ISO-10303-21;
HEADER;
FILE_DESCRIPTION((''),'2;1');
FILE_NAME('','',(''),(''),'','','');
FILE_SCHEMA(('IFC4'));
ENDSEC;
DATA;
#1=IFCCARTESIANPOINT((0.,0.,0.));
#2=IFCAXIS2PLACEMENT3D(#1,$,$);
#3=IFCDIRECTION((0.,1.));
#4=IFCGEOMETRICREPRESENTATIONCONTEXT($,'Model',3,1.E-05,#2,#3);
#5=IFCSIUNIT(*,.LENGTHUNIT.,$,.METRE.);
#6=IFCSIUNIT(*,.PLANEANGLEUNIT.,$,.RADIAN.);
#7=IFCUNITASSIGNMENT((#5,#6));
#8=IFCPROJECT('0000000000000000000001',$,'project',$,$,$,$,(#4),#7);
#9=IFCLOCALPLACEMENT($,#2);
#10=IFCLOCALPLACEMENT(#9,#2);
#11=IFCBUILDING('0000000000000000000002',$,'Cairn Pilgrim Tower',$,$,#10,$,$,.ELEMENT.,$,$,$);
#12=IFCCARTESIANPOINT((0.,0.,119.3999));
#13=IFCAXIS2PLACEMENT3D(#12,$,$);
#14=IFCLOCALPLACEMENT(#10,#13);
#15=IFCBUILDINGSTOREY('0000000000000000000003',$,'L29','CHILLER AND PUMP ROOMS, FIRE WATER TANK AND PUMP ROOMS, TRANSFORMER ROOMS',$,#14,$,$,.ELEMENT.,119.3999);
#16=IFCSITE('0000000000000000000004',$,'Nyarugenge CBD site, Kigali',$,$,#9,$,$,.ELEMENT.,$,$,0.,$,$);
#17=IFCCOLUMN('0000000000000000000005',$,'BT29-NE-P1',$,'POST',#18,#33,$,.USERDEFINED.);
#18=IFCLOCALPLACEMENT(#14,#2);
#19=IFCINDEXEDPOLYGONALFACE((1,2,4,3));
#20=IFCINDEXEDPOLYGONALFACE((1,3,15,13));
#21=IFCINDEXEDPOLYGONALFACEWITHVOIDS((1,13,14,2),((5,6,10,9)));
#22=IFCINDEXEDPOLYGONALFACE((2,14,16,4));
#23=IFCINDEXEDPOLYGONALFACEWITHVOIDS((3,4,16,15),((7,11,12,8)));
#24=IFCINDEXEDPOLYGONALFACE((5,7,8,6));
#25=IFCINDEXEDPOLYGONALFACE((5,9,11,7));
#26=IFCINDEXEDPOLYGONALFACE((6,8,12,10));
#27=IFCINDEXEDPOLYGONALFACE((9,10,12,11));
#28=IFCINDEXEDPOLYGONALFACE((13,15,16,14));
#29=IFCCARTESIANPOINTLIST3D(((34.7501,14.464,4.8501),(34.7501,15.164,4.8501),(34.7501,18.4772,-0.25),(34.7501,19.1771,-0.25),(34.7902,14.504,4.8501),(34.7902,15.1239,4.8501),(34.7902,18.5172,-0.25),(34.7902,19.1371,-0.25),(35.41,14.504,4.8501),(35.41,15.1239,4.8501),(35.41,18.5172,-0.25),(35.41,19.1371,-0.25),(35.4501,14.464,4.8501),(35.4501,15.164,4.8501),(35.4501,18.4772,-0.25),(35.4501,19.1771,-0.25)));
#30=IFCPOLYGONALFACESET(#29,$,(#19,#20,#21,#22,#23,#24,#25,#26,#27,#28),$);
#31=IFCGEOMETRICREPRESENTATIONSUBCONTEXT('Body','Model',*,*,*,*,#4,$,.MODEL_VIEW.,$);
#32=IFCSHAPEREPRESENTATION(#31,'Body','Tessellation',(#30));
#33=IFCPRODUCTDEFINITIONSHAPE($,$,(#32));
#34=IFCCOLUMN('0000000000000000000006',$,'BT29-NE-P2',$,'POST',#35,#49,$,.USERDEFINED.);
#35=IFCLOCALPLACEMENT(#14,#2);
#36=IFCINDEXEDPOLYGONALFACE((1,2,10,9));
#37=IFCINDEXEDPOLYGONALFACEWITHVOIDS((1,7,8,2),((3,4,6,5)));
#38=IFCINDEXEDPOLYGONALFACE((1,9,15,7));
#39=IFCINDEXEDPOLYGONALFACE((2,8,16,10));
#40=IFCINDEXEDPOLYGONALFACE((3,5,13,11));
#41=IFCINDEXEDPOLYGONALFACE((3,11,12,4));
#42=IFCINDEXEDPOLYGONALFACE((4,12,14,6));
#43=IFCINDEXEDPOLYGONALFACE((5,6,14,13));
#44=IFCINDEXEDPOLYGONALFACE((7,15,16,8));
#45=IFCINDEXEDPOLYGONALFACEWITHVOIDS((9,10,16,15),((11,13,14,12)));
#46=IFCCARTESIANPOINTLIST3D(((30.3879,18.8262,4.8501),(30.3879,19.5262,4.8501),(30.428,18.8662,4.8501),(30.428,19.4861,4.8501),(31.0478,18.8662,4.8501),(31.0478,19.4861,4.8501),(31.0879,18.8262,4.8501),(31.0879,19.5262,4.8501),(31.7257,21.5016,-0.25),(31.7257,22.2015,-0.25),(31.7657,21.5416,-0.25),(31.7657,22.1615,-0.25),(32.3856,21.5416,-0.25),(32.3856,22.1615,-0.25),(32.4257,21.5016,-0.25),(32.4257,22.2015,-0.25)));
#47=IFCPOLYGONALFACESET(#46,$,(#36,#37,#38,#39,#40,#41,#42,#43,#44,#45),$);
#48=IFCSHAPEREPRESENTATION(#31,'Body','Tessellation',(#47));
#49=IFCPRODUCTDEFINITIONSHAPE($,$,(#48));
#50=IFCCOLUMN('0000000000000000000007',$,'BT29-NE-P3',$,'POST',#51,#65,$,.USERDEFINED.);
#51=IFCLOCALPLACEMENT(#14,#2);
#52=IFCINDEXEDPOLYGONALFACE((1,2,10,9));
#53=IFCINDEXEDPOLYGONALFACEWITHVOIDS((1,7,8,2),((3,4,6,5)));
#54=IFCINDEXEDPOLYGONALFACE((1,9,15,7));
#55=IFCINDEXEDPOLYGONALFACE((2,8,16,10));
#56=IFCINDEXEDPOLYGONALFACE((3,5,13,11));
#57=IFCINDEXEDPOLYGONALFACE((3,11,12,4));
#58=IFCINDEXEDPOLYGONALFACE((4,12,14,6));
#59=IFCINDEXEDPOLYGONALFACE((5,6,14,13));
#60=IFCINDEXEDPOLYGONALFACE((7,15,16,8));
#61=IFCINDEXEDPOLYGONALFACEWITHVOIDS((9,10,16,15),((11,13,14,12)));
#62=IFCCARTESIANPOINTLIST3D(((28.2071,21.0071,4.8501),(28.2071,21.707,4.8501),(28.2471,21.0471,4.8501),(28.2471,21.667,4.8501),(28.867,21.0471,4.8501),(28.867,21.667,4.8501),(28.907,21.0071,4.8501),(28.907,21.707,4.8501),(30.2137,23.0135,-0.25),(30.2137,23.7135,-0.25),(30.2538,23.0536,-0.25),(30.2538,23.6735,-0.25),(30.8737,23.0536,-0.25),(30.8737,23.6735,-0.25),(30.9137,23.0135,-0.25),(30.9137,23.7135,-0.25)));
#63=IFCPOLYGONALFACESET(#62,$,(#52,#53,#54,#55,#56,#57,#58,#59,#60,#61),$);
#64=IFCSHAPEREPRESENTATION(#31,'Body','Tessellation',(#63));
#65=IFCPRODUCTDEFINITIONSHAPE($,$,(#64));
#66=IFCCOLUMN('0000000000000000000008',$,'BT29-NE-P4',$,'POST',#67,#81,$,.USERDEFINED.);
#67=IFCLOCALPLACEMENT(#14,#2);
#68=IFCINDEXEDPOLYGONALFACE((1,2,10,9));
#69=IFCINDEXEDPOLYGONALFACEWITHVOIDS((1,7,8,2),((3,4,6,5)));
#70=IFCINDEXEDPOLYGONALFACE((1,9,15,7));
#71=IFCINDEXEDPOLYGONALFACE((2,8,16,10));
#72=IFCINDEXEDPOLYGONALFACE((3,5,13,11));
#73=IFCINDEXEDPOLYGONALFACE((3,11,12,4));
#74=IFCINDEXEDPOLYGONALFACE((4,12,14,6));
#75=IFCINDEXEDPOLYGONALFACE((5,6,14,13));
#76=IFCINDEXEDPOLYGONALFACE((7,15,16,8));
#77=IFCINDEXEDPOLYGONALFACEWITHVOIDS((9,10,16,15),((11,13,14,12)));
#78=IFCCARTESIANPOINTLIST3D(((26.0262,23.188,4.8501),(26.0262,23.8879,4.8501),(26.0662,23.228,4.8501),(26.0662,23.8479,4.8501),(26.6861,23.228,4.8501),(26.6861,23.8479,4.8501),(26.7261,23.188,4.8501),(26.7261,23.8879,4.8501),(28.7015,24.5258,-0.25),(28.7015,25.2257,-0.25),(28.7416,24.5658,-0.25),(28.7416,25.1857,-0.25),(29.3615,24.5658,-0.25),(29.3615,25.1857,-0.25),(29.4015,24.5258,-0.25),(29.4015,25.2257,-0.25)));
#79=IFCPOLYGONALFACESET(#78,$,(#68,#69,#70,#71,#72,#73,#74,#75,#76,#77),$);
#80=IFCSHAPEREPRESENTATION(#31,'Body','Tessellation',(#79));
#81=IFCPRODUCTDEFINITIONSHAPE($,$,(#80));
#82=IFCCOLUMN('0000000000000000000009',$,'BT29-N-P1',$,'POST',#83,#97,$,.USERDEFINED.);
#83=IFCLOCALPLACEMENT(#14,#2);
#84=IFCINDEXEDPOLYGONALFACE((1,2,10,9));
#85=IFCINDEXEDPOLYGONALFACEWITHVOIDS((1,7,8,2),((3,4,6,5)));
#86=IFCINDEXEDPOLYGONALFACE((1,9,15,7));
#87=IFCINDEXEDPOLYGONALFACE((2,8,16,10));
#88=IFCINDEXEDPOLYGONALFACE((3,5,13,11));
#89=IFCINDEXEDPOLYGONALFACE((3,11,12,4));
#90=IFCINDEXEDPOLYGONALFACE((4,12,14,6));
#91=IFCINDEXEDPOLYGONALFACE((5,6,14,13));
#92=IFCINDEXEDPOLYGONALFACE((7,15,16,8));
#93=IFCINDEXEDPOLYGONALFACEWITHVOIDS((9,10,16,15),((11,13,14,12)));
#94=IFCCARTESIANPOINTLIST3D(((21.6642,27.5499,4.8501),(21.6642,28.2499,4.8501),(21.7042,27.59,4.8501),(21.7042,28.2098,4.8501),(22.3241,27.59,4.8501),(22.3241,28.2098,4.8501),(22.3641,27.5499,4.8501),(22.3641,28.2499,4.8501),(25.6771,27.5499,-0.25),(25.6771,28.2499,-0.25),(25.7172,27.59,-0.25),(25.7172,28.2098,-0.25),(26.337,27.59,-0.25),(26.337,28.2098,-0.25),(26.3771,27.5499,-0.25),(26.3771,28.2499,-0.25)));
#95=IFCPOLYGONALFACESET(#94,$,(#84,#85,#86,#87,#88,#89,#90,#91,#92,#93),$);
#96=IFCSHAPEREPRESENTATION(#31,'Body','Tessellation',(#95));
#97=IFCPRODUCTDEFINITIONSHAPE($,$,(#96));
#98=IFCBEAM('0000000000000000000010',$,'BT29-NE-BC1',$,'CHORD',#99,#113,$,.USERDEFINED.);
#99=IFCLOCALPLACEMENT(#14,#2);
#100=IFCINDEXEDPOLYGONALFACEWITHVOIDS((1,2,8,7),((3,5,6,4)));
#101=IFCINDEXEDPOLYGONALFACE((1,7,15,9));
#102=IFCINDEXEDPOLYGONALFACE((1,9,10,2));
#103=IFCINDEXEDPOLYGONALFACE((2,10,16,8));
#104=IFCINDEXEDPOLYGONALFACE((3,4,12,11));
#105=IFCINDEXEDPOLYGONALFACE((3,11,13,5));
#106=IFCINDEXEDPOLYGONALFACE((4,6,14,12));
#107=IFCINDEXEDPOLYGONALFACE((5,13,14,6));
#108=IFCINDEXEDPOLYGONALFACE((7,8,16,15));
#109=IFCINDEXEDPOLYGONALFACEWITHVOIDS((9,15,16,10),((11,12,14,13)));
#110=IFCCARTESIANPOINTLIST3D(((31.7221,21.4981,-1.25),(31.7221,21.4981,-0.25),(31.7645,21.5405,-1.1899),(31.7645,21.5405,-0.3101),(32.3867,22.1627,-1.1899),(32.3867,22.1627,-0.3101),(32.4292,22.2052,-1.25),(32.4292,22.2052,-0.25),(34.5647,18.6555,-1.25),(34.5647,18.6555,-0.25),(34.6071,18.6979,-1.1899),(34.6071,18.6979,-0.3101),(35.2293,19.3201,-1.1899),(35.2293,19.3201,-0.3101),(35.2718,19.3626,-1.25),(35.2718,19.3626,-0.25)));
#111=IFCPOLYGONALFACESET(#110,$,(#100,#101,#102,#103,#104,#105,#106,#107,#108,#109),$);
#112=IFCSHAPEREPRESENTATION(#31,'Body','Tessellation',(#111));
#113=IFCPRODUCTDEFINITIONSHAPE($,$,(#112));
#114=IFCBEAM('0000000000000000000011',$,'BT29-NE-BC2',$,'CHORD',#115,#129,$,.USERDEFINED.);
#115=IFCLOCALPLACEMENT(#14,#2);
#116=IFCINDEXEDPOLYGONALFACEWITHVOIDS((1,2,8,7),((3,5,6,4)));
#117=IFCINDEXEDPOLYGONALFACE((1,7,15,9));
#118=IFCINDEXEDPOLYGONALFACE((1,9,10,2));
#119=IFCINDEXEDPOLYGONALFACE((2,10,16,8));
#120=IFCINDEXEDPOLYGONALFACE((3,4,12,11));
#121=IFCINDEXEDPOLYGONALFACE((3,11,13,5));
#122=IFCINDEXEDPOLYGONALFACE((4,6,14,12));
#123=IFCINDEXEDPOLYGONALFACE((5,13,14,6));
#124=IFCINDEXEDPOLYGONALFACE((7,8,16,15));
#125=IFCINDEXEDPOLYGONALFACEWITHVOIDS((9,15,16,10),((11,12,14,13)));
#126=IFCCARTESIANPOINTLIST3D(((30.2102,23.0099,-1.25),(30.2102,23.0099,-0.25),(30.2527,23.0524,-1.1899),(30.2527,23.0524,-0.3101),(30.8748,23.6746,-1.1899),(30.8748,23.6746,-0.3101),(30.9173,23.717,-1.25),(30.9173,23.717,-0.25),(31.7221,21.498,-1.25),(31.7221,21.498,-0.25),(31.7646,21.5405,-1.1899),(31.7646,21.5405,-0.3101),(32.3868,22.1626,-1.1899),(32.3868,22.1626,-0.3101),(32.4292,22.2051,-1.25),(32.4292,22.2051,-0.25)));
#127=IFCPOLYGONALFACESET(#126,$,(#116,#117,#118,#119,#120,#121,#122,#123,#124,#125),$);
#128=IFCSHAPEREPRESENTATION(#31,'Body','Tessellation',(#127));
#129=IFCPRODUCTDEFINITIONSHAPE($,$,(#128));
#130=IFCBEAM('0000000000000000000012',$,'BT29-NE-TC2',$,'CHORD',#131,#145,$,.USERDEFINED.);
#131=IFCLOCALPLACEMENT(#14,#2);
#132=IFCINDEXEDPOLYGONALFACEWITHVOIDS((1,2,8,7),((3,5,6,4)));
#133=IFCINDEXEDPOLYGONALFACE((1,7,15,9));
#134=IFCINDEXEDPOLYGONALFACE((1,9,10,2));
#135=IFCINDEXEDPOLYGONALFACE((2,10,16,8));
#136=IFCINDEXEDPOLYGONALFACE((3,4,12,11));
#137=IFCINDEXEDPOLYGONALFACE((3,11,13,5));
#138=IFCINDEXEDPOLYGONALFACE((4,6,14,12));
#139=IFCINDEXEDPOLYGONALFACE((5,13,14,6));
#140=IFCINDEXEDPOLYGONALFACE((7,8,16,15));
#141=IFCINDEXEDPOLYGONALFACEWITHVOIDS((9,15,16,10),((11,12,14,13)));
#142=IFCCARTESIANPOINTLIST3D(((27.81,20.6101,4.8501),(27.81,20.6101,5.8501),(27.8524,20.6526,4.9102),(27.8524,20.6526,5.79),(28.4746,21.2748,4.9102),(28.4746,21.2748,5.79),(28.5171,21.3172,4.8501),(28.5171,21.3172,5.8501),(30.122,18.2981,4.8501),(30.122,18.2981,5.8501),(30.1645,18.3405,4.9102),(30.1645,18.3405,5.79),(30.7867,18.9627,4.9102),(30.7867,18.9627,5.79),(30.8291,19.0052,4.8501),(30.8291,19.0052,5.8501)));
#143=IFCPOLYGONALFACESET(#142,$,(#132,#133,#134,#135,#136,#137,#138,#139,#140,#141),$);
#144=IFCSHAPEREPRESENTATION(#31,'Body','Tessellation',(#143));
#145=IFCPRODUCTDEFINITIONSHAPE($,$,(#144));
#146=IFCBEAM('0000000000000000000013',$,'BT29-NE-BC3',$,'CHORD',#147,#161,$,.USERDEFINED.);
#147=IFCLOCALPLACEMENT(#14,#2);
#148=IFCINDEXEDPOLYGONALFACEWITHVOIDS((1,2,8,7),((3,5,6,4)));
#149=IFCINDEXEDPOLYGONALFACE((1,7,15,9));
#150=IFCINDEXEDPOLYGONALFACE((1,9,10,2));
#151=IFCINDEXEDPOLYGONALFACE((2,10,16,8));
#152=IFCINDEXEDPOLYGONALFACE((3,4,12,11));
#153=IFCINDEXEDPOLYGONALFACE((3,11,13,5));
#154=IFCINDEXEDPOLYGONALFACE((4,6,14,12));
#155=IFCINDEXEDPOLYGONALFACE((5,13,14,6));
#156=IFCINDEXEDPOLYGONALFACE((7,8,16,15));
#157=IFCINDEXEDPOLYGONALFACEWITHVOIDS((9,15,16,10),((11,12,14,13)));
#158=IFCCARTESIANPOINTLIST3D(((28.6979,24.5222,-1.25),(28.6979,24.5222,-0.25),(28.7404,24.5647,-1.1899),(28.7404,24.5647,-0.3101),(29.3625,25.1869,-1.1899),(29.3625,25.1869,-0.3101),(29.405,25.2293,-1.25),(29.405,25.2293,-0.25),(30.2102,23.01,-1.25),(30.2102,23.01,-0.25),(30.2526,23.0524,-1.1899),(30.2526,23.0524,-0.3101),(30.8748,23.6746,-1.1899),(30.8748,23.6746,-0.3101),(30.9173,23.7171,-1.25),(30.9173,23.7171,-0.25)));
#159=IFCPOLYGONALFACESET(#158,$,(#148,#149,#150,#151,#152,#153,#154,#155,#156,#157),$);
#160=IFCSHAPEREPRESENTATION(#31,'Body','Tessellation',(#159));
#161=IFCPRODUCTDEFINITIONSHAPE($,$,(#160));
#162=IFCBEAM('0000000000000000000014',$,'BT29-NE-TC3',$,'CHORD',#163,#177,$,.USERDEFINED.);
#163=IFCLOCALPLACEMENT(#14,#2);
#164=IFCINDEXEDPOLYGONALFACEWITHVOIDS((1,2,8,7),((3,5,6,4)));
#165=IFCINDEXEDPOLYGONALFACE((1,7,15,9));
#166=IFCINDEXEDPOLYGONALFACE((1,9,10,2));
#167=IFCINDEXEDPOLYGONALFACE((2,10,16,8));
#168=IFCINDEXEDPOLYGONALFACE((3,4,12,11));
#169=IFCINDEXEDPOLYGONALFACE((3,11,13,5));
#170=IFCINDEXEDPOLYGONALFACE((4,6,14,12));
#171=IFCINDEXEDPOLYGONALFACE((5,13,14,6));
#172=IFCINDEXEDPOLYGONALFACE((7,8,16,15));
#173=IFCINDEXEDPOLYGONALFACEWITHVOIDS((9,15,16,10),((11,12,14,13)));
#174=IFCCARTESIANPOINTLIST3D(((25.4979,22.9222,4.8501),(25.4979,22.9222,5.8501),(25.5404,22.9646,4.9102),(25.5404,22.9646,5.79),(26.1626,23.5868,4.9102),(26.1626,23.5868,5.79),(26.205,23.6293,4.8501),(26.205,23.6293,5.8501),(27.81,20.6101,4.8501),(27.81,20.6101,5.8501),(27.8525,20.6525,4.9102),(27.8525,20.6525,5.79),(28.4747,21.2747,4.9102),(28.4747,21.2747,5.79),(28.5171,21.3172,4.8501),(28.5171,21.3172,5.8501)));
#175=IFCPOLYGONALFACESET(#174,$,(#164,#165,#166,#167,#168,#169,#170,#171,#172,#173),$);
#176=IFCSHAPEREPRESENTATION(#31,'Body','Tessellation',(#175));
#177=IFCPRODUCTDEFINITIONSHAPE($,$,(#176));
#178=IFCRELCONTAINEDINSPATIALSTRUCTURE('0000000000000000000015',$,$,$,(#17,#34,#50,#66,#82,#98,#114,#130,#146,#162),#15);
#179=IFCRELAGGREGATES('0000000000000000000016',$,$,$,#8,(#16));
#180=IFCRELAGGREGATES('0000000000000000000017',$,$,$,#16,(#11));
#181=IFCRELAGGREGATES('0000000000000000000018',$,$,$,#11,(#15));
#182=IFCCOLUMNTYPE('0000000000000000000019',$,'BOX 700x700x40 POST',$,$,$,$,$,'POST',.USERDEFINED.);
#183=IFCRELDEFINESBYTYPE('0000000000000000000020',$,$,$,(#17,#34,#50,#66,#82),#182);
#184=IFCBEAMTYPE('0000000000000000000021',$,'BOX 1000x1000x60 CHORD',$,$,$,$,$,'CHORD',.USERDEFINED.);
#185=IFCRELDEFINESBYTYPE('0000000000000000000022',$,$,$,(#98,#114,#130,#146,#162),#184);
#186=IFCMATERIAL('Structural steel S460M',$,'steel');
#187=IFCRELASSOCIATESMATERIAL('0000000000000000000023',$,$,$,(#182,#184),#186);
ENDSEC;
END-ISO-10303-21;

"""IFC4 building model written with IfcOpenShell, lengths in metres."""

from ifc_helpers import new_model, si_unit, direction, frame, origin, origin_2d, place, context, subcontext, project, spatial, hollow_rectangle, extrude, clip, halfspace, material, material_profile, profile_set, type_object, element, save


model = new_model("IFC4")

# Units and contexts
model_context = context("Model", 3, precision=1e-05, world=origin(), true_north=direction((0.0, 1.0)))
body_context = subcontext(model_context, "Body", "Model", "MODEL_VIEW")
ifc_project = project(units=[si_unit("LENGTHUNIT", "METRE"), si_unit("PLANEANGLEUNIT", "RADIAN")], contexts=[model_context])

# Site, building, storey
site_placement = place(None, origin())
site = spatial("IfcSite", under=ifc_project, at=site_placement, Name="Nyarugenge CBD site, Kigali", CompositionType="ELEMENT", RefElevation=0.0)
building_placement = place(site_placement, origin())
building = spatial("IfcBuilding", under=site, at=building_placement, Name="Cairn Pilgrim Tower", CompositionType="ELEMENT")
storey_placement = place(building_placement, frame((0.0, 0.0, 119.3999)))
storey = spatial("IfcBuildingStorey", under=building, at=storey_placement, Name="L29", Description="CHILLER AND PUMP ROOMS, FIRE WATER TANK AND PUMP ROOMS, TRANSFORMER ROOMS", CompositionType="ELEMENT", Elevation=119.3999)

# Columns
ifc_material_1 = material(Name="Structural steel S460M", Category="steel")
ifc_material_profile_1 = material_profile(ifc_material_1, hollow_rectangle(XDim=0.7, YDim=0.7, WallThickness=0.04, at=origin_2d()), Name="BOX 700x700x40")
ifc_profile_set_1 = profile_set([ifc_material_profile_1], Name="Structural steel S460M")
column_type = type_object("IfcColumnType", Name="BOX 700x700x40 POST", ElementType="POST", PredefinedType="USERDEFINED", material=ifc_profile_set_1)
column_1_placement = place(storey_placement, frame((35.1001, 18.8271, -0.25), z_axis=(0.0, 0.0, 1.0), x_axis=(1.0, 0.0, 0.0)))
element("IfcColumn", 1, at=column_1_placement, inside=storey, type_object=column_type, Name="BT29-NE-P1", ObjectType="POST", PredefinedType="USERDEFINED", context=body_context, shape_type="Clipping", body=[
    clip(extrude(hollow_rectangle(XDim=0.7, YDim=0.7, WallThickness=0.04, at=origin_2d()), origin(), (0.0, -0.618388, 0.785873), 7.7622), halfspace(frame((0.0, 0.0, 5.1001), z_axis=(0.0, 0.0, 1.0), x_axis=(1.0, 0.0, 0.0)), False)),
])
column_2_placement = place(storey_placement, frame((32.0757, 21.8516, -0.25), z_axis=(0.0, 0.0, 1.0), x_axis=(1.0, 0.0, 0.0)))
element("IfcColumn", 2, at=column_2_placement, inside=storey, type_object=column_type, Name="BT29-NE-P2", ObjectType="POST", PredefinedType="USERDEFINED", context=body_context, shape_type="Clipping", body=[
    clip(extrude(hollow_rectangle(XDim=0.7, YDim=0.7, WallThickness=0.04, at=origin_2d()), origin(), (-0.226263, -0.452491, 0.862588), 7.0718), halfspace(frame((0.0, 0.0, 5.1001), z_axis=(0.0, 0.0, 1.0), x_axis=(1.0, 0.0, 0.0)), False)),
])
column_3_placement = place(storey_placement, frame((30.5637, 23.3635, -0.25), z_axis=(0.0, 0.0, 1.0), x_axis=(1.0, 0.0, 0.0)))
element("IfcColumn", 3, at=column_3_placement, inside=storey, type_object=column_type, Name="BT29-NE-P3", ObjectType="POST", PredefinedType="USERDEFINED", context=body_context, shape_type="Clipping", body=[
    clip(extrude(hollow_rectangle(XDim=0.7, YDim=0.7, WallThickness=0.04, at=origin_2d()), origin(), (-0.343822, -0.343787, 0.873841), 6.9807), halfspace(frame((0.0, 0.0, 5.1001), z_axis=(0.0, 0.0, 1.0), x_axis=(1.0, 0.0, 0.0)), False)),
])
column_4_placement = place(storey_placement, frame((29.0515, 24.8757, -0.25), z_axis=(0.0, 0.0, 1.0), x_axis=(1.0, 0.0, 0.0)))
element("IfcColumn", 4, at=column_4_placement, inside=storey, type_object=column_type, Name="BT29-NE-P4", ObjectType="POST", PredefinedType="USERDEFINED", context=body_context, shape_type="Clipping", body=[
    clip(extrude(hollow_rectangle(XDim=0.7, YDim=0.7, WallThickness=0.04, at=origin_2d()), origin(), (-0.452491, -0.226263, 0.862588), 7.0718), halfspace(frame((0.0, 0.0, 5.1001), z_axis=(0.0, 0.0, 1.0), x_axis=(1.0, 0.0, 0.0)), False)),
])
column_5_placement = place(storey_placement, frame((26.0271, 27.8999, -0.25), z_axis=(0.0, 0.0, 1.0), x_axis=(1.0, 0.0, 0.0)))
element("IfcColumn", 5, at=column_5_placement, inside=storey, type_object=column_type, Name="BT29-N-P1", ObjectType="POST", PredefinedType="USERDEFINED", context=body_context, shape_type="Clipping", body=[
    clip(extrude(hollow_rectangle(XDim=0.7, YDim=0.7, WallThickness=0.04, at=origin_2d()), origin(), (-0.618369, 0.0, 0.785888), 7.762), halfspace(frame((0.0, 0.0, 5.1001), z_axis=(0.0, 0.0, 1.0), x_axis=(1.0, 0.0, 0.0)), False)),
])

# Beams
ifc_material_profile_2 = material_profile(ifc_material_1, hollow_rectangle(XDim=1.0, YDim=1.0, WallThickness=0.0601, at=origin_2d()), Name="BOX 1000x1000x60")
ifc_profile_set_2 = profile_set([ifc_material_profile_2], Name="Structural steel S460M")
beam_type_1 = type_object("IfcBeamType", Name="BOX 1000x1000x60 CHORD", ElementType="CHORD", PredefinedType="USERDEFINED", material=ifc_profile_set_2)
beam_1_placement = place(storey_placement, frame((34.9182, 19.009, -0.75), z_axis=(-0.707107, 0.707107, 0.0), x_axis=(-0.707107, -0.707107, 0.0)))
element("IfcBeam", 6, at=beam_1_placement, inside=storey, type_object=beam_type_1, Name="BT29-NE-BC1", ObjectType="CHORD", PredefinedType="USERDEFINED", context=body_context, shape_type="SweptSolid", body=[
    extrude(hollow_rectangle(XDim=1.0, YDim=1.0, WallThickness=0.0601, at=origin_2d()), origin(), (0.0, 0.0, 1.0), 4.02),
])
beam_2_placement = place(storey_placement, frame((32.0757, 21.8516, -0.75), z_axis=(-0.707107, 0.707107, 0.0), x_axis=(-0.707107, -0.707107, 0.0)))
element("IfcBeam", 7, at=beam_2_placement, inside=storey, type_object=beam_type_1, Name="BT29-NE-BC2", ObjectType="CHORD", PredefinedType="USERDEFINED", context=body_context, shape_type="SweptSolid", body=[
    extrude(hollow_rectangle(XDim=1.0, YDim=1.0, WallThickness=0.0601, at=origin_2d()), origin(), (0.0, 0.0, 1.0), 2.1382),
])
beam_3_placement = place(storey_placement, frame((30.4756, 18.6516, 5.3501), z_axis=(-0.707107, 0.707107, 0.0), x_axis=(-0.707107, -0.707107, 0.0)))
element("IfcBeam", 8, at=beam_3_placement, inside=storey, type_object=beam_type_1, Name="BT29-NE-TC2", ObjectType="CHORD", PredefinedType="USERDEFINED", context=body_context, shape_type="SweptSolid", body=[
    extrude(hollow_rectangle(XDim=1.0, YDim=1.0, WallThickness=0.0601, at=origin_2d()), origin(), (0.0, 0.0, 1.0), 3.2698),
])
beam_4_placement = place(storey_placement, frame((30.5637, 23.3635, -0.75), z_axis=(-0.707107, 0.707107, 0.0), x_axis=(-0.707107, -0.707107, 0.0)))
element("IfcBeam", 9, at=beam_4_placement, inside=storey, type_object=beam_type_1, Name="BT29-NE-BC3", ObjectType="CHORD", PredefinedType="USERDEFINED", context=body_context, shape_type="SweptSolid", body=[
    extrude(hollow_rectangle(XDim=1.0, YDim=1.0, WallThickness=0.0601, at=origin_2d()), origin(), (0.0, 0.0, 1.0), 2.1387),
])
beam_5_placement = place(storey_placement, frame((28.1636, 20.9636, 5.3501), z_axis=(-0.707107, 0.707107, 0.0), x_axis=(-0.707107, -0.707107, 0.0)))
element("IfcBeam", 10, at=beam_5_placement, inside=storey, type_object=beam_type_1, Name="BT29-NE-TC3", ObjectType="CHORD", PredefinedType="USERDEFINED", context=body_context, shape_type="SweptSolid", body=[
    extrude(hollow_rectangle(XDim=1.0, YDim=1.0, WallThickness=0.0601, at=origin_2d()), origin(), (0.0, 0.0, 1.0), 3.2698),
])

save(model, "model.ifc")
